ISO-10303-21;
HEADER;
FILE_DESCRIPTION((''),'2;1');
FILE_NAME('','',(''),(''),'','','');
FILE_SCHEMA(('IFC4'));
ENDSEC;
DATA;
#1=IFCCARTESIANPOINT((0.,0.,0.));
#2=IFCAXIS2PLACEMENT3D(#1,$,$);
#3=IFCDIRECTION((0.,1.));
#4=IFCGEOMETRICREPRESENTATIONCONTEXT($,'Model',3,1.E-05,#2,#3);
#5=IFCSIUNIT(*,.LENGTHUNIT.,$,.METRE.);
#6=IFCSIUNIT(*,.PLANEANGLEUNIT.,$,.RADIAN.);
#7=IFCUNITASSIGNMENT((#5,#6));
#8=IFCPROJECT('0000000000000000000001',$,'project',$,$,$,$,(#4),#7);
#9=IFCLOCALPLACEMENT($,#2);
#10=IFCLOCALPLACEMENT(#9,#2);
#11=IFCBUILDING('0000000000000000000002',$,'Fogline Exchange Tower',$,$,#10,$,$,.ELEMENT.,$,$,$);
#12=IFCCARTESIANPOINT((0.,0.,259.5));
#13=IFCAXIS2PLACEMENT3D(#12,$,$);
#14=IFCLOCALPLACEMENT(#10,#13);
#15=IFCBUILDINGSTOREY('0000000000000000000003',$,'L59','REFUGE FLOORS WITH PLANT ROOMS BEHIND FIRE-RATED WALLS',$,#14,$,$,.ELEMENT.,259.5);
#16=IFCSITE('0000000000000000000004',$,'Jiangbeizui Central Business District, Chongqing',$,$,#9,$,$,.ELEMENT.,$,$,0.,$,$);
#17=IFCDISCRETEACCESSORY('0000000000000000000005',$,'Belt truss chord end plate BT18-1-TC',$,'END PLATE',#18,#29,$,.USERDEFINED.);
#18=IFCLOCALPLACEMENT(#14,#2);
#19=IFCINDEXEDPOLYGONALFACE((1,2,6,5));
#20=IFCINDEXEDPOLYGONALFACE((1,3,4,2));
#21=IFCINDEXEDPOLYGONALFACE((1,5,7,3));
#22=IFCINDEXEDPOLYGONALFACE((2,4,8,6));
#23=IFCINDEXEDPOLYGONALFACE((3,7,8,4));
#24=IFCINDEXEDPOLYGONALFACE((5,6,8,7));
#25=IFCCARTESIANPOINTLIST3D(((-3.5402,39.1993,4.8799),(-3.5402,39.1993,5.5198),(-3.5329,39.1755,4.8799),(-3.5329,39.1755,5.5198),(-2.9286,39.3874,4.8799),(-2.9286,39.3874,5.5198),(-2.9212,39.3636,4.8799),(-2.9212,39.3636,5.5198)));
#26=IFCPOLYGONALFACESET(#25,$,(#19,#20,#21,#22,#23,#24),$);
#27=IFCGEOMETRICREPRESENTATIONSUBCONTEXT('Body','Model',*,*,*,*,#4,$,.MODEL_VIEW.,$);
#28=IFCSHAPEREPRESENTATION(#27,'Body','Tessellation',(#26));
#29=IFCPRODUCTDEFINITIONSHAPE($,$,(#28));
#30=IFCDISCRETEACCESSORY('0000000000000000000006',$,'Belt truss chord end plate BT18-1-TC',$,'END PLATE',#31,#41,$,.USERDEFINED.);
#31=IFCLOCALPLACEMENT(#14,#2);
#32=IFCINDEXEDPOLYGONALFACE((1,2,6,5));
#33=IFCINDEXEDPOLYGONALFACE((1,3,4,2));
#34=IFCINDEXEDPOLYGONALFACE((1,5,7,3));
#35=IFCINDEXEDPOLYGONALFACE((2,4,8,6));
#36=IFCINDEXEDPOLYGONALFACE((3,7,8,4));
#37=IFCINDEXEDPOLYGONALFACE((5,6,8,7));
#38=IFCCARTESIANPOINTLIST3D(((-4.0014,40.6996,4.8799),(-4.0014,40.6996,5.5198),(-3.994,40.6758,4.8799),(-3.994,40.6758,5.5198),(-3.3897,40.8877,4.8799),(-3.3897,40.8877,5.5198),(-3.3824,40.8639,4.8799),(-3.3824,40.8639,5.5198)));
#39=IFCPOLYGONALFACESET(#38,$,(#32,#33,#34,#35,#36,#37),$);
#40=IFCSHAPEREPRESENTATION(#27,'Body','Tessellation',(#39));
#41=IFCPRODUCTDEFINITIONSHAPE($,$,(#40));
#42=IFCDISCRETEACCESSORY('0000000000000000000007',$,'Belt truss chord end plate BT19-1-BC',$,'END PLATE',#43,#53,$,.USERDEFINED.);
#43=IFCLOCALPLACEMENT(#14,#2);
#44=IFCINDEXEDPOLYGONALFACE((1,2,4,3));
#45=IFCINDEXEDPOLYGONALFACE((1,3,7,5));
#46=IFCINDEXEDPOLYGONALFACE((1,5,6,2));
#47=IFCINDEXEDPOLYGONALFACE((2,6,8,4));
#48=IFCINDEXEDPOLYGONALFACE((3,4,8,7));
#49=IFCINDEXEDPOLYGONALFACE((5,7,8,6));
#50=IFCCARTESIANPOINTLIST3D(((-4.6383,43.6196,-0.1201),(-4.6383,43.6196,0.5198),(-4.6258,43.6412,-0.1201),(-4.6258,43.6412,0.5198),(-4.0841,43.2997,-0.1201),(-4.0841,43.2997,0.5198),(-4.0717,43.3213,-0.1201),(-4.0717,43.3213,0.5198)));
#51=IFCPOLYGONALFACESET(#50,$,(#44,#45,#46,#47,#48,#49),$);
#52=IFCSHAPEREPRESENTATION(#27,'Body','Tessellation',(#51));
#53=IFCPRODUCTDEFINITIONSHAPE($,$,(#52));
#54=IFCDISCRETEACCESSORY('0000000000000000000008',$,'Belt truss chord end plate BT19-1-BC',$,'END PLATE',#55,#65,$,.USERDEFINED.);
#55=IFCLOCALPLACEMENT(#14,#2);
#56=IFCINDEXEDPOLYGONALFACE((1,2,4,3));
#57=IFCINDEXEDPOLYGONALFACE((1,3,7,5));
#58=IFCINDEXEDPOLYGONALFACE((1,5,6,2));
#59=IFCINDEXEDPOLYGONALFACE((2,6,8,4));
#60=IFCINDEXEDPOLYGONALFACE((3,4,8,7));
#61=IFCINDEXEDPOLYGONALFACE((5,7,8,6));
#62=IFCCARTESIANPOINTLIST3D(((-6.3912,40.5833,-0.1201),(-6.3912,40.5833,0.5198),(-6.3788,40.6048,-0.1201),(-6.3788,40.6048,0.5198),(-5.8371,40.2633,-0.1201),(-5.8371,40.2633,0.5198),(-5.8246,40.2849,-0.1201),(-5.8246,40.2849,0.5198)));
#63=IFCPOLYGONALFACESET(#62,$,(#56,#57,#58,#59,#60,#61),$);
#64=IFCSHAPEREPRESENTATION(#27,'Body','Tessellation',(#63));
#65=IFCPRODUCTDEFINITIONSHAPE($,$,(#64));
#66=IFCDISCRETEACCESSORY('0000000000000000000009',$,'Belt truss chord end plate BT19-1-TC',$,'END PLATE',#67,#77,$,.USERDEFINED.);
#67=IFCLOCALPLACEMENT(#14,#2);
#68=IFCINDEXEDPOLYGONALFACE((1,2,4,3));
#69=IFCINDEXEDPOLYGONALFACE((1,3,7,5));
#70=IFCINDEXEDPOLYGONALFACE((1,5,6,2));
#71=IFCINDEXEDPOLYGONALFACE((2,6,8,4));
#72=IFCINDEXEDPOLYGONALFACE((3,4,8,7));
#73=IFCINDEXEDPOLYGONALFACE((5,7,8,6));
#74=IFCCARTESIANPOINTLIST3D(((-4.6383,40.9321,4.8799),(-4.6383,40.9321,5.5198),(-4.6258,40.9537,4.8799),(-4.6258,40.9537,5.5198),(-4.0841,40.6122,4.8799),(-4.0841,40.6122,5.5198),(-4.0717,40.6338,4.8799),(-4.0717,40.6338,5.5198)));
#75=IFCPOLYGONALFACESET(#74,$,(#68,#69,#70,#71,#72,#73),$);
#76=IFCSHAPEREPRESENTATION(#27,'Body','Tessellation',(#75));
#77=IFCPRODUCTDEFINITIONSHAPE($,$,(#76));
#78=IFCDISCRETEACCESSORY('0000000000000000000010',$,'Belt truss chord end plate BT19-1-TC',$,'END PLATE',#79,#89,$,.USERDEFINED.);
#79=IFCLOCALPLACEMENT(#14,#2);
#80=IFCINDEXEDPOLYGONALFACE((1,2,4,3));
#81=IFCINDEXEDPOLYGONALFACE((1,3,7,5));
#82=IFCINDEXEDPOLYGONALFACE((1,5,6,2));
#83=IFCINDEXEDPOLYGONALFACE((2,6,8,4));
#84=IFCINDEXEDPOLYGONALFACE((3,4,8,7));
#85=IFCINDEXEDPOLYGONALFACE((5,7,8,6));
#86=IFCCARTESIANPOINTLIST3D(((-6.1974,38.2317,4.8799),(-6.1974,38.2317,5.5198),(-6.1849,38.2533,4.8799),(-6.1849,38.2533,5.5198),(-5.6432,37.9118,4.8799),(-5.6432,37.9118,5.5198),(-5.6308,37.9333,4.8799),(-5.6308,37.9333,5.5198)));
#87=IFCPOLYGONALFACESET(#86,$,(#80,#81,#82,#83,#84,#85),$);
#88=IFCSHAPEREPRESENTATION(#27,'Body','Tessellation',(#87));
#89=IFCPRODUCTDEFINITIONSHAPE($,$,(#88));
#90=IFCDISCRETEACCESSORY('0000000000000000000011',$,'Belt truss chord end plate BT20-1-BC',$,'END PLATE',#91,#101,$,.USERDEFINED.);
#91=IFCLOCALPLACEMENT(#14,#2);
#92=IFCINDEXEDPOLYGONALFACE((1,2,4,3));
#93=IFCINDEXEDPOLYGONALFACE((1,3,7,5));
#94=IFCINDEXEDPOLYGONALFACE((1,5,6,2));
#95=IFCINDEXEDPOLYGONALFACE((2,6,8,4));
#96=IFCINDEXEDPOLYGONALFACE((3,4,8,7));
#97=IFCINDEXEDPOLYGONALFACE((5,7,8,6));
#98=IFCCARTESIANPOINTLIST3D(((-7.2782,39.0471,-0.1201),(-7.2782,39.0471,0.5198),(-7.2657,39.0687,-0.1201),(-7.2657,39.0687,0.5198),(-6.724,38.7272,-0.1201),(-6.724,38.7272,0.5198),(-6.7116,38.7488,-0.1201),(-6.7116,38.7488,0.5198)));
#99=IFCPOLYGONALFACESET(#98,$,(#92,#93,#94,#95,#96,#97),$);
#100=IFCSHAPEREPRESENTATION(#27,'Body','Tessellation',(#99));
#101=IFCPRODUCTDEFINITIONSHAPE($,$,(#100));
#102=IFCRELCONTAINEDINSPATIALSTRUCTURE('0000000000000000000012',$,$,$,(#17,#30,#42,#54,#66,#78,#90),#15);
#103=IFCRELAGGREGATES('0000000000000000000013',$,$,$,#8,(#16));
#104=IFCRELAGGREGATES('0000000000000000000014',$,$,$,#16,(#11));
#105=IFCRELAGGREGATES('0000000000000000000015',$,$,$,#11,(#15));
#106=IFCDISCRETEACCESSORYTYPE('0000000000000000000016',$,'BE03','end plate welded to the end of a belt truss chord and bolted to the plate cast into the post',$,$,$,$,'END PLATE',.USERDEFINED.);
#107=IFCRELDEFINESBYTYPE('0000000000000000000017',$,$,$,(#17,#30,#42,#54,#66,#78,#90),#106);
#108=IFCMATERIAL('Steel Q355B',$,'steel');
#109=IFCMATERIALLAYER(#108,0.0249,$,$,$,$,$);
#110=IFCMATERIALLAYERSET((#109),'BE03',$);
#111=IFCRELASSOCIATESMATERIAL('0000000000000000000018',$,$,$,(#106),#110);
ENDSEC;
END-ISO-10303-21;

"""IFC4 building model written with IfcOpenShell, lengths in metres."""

from ifc_helpers import new_model, si_unit, direction, frame, origin, origin_2d, place, context, subcontext, project, spatial, rectangle, extrude, material, layer, layer_set, type_object, element, save


model = new_model("IFC4")

# Units and contexts
model_context = context("Model", 3, precision=1e-05, world=origin(), true_north=direction((0.0, 1.0)))
body_context = subcontext(model_context, "Body", "Model", "MODEL_VIEW")
ifc_project = project(units=[si_unit("LENGTHUNIT", "METRE"), si_unit("PLANEANGLEUNIT", "RADIAN")], contexts=[model_context])

# Site, building, storey
site_placement = place(None, origin())
site = spatial("IfcSite", under=ifc_project, at=site_placement, Name="Jiangbeizui Central Business District, Chongqing", CompositionType="ELEMENT", RefElevation=0.0)
building_placement = place(site_placement, origin())
building = spatial("IfcBuilding", under=site, at=building_placement, Name="Fogline Exchange Tower", CompositionType="ELEMENT")
storey_placement = place(building_placement, frame((0.0, 0.0, 259.5)))
storey = spatial("IfcBuildingStorey", under=building, at=storey_placement, Name="L59", Description="REFUGE FLOORS WITH PLANT ROOMS BEHIND FIRE-RATED WALLS", CompositionType="ELEMENT", Elevation=259.5)

# Shared definitions
ifc_material_1 = material(Name="Steel Q355B", Category="steel")

# Discrete accessories
ifc_layer_1 = layer(ifc_material_1, 0.0249)
ifc_layer_set_1 = layer_set([ifc_layer_1], Name="BE03")
discrete_accessory_type = type_object("IfcDiscreteAccessoryType", Name="BE03", Description="end plate welded to the end of a belt truss chord and bolted to the plate cast into the post", ElementType="END PLATE", PredefinedType="USERDEFINED", material=ifc_layer_set_1)
for number, where, z_axis, x_axis, name in (
    (1, (-3.2307, 39.2815, 4.8799), (0.0, 0.0, 1.0), (0.293962, -0.955817, 0.0), "Belt truss chord end plate BT18-1-TC"),
    (2, (-3.6919, 40.7817, 4.8799), (0.0, 0.0, 1.0), (-0.293962, 0.955817, 0.0), "Belt truss chord end plate BT18-1-TC"),
    (3, (-4.355, 43.4705, -0.1201), (0.0, 0.0, 1.0), (0.5, 0.866025, 0.0), "Belt truss chord end plate BT19-1-BC"),
    (4, (-6.1079, 40.4341, -0.1201), (0.0, 0.0, 1.0), (-0.5, -0.866025, 0.0), "Belt truss chord end plate BT19-1-BC"),
    (5, (-4.355, 40.783, 4.8799), (0.0, 0.0, 1.0), (0.5, 0.866025, 0.0), "Belt truss chord end plate BT19-1-TC"),
    (6, (-5.9141, 38.0825, 4.8799), (0.0, 0.0, 1.0), (-0.5, -0.866025, 0.0), "Belt truss chord end plate BT19-1-TC"),
    (7, (-6.9949, 38.8979, -0.1201), (0.0, 0.0, 1.0), (0.5, 0.866025, 0.0), "Belt truss chord end plate BT20-1-BC"),
):
    element("IfcDiscreteAccessory", number, at=place(storey_placement, frame(where, z_axis=z_axis, x_axis=x_axis)), inside=storey, type_object=discrete_accessory_type, Name=name, ObjectType="END PLATE", PredefinedType="USERDEFINED", context=body_context, shape_type="SweptSolid", body=[
        extrude(rectangle(XDim=0.0249, YDim=0.6399, at=origin_2d()), origin(), (0.0, 0.0, 1.0), 0.6399),
    ])

save(model, "model.ifc")
